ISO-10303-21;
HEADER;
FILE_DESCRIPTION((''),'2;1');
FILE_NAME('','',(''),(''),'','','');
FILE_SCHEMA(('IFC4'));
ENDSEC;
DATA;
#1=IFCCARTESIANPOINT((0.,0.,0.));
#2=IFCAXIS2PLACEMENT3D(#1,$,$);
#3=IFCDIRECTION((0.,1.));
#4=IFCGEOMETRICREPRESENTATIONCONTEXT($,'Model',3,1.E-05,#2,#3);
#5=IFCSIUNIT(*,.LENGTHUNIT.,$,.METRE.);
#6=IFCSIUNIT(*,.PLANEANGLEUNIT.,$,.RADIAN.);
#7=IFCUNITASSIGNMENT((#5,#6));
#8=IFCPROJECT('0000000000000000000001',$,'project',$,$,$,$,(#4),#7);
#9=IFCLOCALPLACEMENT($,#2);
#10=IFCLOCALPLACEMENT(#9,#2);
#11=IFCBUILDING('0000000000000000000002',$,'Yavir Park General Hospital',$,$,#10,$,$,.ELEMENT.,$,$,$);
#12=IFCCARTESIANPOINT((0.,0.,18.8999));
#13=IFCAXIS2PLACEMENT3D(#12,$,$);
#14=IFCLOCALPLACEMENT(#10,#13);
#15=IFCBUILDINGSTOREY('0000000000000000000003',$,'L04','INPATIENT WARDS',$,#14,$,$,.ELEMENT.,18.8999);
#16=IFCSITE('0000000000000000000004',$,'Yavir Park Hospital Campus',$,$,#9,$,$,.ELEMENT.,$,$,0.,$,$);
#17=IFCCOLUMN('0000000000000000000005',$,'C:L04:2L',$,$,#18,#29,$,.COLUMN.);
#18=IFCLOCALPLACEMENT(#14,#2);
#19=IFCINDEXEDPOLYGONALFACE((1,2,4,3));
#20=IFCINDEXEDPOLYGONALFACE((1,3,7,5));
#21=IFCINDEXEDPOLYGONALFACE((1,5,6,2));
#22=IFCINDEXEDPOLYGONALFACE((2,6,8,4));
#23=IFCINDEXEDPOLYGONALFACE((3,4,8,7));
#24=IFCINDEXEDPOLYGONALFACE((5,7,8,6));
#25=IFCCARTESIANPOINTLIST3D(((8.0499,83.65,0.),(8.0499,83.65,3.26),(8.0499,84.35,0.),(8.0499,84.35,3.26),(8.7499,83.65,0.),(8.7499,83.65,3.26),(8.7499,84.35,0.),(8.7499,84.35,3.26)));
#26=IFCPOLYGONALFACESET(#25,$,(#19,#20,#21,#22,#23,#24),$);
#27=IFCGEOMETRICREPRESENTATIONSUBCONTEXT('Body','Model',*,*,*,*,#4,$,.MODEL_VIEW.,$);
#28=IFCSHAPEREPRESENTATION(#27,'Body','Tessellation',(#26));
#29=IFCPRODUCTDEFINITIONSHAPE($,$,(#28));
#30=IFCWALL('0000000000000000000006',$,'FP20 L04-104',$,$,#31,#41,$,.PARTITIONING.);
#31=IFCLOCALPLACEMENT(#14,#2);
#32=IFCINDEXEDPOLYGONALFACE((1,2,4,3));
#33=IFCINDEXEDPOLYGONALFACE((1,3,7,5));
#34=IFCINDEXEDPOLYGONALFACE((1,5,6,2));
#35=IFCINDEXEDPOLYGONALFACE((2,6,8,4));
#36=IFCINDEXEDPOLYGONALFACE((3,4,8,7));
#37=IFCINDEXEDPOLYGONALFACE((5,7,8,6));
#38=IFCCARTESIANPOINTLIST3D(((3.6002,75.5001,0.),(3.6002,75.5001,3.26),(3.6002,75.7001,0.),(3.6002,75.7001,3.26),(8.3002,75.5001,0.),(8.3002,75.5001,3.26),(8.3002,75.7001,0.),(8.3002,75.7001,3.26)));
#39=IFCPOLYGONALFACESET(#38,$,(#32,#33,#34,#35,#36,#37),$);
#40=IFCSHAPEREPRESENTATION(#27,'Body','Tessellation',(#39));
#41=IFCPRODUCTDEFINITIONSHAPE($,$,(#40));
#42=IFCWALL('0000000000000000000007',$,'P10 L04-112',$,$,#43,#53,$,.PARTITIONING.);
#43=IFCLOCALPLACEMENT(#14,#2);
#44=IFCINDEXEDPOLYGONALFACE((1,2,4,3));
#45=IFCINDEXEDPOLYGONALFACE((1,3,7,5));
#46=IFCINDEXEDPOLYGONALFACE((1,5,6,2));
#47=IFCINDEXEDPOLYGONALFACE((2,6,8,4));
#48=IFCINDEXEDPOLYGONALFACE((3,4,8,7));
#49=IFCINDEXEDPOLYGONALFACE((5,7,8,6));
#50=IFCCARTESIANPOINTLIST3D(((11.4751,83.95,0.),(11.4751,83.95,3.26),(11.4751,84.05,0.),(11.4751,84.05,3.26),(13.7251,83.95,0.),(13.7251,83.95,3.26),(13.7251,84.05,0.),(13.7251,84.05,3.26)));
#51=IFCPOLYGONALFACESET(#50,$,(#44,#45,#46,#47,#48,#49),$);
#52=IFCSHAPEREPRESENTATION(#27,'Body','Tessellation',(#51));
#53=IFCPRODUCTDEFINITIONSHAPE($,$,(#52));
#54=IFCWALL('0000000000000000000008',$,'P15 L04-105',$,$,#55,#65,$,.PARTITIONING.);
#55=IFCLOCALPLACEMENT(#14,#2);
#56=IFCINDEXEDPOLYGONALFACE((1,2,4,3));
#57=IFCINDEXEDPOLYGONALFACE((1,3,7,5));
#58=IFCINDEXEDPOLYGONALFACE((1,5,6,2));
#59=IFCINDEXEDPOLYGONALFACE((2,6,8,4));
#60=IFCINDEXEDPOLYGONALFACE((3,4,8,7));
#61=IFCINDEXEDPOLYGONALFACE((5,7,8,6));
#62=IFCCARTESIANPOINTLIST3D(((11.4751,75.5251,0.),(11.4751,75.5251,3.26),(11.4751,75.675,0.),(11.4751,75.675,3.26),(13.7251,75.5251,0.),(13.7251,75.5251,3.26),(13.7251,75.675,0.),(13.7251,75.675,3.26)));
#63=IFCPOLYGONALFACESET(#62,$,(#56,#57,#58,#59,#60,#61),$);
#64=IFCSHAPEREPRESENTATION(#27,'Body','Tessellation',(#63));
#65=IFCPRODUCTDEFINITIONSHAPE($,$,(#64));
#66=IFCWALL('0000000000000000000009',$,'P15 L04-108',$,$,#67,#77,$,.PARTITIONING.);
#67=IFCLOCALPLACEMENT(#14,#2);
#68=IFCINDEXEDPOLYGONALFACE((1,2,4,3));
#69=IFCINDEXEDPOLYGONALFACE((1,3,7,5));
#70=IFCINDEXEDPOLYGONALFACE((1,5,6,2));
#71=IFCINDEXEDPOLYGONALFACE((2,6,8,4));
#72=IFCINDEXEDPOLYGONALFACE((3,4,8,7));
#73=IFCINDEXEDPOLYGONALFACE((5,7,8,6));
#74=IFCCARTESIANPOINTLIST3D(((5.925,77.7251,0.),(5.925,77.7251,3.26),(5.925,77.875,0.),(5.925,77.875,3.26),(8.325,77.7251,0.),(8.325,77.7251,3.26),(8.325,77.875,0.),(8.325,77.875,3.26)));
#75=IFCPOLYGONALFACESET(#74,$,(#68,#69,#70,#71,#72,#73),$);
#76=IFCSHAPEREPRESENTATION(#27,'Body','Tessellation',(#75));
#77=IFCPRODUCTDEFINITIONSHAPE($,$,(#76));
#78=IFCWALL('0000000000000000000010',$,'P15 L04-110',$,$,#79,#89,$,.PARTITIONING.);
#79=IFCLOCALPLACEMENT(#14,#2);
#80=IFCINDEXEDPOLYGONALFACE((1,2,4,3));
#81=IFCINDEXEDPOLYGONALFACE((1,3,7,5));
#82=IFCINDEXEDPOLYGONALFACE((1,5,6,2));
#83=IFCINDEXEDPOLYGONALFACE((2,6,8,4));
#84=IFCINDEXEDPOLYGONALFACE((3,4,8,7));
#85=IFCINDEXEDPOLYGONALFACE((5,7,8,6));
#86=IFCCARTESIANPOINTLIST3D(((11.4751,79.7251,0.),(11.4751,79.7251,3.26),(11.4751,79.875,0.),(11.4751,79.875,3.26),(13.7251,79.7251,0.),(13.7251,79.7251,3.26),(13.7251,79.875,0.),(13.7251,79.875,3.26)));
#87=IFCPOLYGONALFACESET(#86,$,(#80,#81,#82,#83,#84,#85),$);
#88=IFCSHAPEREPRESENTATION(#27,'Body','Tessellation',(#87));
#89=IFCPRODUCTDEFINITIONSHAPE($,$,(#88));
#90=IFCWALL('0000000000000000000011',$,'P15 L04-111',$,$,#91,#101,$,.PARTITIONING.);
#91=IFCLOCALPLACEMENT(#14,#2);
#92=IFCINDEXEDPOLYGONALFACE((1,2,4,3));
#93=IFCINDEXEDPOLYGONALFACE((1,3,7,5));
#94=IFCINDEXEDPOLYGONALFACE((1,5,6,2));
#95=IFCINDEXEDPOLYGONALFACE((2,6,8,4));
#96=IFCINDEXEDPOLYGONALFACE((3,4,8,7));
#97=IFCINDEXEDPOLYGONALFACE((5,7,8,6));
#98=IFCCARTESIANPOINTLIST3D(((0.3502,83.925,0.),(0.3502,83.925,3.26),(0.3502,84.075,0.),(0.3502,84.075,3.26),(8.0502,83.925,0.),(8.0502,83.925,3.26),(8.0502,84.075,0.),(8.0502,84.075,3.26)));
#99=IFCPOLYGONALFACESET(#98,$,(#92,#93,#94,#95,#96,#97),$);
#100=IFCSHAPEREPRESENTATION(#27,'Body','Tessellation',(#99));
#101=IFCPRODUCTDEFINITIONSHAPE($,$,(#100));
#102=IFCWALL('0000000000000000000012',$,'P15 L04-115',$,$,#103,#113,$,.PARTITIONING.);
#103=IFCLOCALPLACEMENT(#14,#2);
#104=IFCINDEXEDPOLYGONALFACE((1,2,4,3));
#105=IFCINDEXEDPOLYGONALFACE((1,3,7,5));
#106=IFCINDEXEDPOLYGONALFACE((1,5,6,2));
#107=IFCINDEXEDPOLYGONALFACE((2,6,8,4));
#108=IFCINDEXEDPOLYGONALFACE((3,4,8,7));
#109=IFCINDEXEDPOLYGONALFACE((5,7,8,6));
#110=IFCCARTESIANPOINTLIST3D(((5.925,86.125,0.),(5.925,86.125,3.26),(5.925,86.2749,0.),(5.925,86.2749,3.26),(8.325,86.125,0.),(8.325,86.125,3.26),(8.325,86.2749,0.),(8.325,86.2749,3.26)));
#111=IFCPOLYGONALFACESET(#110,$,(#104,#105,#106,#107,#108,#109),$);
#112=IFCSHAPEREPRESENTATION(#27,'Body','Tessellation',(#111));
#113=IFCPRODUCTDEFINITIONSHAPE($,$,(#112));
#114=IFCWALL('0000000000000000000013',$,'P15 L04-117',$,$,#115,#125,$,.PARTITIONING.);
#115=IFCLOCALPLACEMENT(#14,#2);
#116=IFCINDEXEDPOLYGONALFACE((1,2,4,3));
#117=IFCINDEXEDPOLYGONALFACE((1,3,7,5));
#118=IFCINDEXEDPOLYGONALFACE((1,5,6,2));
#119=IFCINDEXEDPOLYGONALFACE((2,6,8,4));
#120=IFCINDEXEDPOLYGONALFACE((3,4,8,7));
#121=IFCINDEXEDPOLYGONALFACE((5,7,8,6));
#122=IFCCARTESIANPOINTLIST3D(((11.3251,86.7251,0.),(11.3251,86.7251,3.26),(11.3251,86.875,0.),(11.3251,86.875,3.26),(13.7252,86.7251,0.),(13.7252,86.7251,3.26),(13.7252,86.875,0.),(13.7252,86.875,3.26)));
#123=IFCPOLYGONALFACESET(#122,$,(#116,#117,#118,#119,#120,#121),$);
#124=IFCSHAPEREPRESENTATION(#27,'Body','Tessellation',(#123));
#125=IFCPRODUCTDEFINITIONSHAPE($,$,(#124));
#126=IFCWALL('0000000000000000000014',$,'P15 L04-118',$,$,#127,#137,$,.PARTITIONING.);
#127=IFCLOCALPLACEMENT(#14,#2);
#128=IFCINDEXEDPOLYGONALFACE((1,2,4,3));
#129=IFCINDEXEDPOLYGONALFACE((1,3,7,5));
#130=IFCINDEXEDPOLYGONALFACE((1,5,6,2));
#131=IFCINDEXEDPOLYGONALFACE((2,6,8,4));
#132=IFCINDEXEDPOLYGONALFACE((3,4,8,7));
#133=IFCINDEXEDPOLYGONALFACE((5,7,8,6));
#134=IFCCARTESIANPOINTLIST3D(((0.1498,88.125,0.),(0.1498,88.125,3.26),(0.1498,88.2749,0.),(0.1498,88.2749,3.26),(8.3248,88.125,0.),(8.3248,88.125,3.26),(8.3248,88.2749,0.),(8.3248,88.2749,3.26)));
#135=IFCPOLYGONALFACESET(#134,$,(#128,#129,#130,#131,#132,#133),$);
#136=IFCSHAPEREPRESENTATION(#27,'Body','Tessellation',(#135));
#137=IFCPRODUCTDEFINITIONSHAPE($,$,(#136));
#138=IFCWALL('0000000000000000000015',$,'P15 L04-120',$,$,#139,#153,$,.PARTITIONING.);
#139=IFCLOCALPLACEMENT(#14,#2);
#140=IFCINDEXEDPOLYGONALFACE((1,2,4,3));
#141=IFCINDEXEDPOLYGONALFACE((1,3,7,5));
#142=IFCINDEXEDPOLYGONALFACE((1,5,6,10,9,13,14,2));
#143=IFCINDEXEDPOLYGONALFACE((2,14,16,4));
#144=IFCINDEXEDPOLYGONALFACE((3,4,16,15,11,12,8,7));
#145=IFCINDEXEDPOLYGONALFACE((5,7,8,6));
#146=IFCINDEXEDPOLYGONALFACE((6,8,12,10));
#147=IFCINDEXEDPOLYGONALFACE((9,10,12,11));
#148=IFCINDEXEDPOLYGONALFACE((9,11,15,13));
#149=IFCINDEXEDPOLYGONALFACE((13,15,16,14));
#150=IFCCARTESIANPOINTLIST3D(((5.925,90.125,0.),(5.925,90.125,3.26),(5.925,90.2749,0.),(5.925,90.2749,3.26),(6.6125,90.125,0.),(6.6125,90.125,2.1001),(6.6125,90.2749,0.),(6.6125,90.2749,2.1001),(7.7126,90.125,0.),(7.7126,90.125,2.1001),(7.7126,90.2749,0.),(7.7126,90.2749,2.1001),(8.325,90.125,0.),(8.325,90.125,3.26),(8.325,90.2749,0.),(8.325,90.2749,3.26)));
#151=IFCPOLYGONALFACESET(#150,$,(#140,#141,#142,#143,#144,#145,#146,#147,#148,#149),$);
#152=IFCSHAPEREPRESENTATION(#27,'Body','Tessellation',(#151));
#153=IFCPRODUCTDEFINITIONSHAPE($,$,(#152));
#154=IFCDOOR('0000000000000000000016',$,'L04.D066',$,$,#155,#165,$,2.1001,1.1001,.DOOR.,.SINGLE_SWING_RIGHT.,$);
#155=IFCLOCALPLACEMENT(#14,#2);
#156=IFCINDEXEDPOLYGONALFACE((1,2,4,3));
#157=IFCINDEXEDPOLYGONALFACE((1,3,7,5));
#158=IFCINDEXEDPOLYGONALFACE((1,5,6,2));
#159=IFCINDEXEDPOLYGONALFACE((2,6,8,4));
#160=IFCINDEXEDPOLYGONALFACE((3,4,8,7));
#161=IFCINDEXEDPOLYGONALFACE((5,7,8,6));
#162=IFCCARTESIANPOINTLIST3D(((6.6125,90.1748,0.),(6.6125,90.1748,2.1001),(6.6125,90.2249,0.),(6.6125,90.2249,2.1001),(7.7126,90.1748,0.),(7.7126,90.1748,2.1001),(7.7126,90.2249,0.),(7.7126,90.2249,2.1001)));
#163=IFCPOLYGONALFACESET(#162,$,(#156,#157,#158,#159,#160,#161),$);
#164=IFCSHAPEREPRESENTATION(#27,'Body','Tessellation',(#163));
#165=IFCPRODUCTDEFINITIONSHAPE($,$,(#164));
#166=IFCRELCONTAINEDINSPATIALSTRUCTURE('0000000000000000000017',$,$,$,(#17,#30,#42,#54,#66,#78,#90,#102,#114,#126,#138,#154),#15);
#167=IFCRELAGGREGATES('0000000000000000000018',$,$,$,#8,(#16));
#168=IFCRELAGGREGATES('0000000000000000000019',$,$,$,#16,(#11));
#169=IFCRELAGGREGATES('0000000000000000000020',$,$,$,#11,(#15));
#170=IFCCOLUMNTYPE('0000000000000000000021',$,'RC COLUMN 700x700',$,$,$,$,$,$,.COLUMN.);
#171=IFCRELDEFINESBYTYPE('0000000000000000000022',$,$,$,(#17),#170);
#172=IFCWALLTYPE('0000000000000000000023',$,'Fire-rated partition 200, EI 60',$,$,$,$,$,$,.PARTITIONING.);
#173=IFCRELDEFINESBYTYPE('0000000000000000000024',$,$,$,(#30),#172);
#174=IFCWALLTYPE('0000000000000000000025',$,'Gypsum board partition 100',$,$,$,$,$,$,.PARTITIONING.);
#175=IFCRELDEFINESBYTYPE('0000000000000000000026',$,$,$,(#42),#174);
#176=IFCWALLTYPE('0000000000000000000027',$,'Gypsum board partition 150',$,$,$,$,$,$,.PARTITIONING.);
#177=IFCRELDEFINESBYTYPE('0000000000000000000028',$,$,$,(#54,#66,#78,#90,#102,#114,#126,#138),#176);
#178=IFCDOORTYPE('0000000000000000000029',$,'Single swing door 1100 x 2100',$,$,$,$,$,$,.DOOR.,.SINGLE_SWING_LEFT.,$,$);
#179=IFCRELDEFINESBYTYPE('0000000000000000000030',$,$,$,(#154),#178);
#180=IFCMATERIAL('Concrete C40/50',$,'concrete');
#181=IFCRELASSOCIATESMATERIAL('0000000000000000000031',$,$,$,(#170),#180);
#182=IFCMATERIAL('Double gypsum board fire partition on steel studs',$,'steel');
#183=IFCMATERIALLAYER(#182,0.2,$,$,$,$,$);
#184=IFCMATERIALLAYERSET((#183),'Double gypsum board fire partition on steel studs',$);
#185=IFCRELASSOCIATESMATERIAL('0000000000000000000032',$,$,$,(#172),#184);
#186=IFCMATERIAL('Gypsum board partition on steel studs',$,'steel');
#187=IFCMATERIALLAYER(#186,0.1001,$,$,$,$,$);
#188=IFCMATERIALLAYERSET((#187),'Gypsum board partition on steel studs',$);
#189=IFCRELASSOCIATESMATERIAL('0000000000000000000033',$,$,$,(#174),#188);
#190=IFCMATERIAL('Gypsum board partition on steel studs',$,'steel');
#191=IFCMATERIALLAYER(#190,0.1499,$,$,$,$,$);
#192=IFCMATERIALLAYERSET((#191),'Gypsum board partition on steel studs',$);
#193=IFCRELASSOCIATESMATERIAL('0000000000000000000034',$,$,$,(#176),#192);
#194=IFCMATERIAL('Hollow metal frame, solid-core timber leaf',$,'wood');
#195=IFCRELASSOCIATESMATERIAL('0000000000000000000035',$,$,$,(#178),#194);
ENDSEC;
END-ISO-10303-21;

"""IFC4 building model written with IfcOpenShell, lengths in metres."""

from ifc_helpers import new_model, si_unit, direction, frame, frame_2d, origin, origin_2d, place, context, subcontext, project, spatial, rectangle, extrude, material, layer, layer_set, material_profile, profile_set, type_object, element, fill, save


model = new_model("IFC4")

# Units and contexts
model_context = context("Model", 3, precision=1e-05, world=origin(), true_north=direction((0.0, 1.0)))
body_context = subcontext(model_context, "Body", "Model", "MODEL_VIEW")
ifc_project = project(units=[si_unit("LENGTHUNIT", "METRE"), si_unit("PLANEANGLEUNIT", "RADIAN")], contexts=[model_context])

# Site, building, storey
site_placement = place(None, origin())
site = spatial("IfcSite", under=ifc_project, at=site_placement, Name="Yavir Park Hospital Campus", CompositionType="ELEMENT", RefElevation=0.0)
building_placement = place(site_placement, origin())
building = spatial("IfcBuilding", under=site, at=building_placement, Name="Yavir Park General Hospital", CompositionType="ELEMENT")
storey_placement = place(building_placement, frame((0.0, 0.0, 18.8999)))
storey = spatial("IfcBuildingStorey", under=building, at=storey_placement, Name="L04", Description="INPATIENT WARDS", CompositionType="ELEMENT", Elevation=18.8999)

# Column
ifc_material_1 = material(Name="Concrete C40/50", Category="concrete")
ifc_material_profile = material_profile(ifc_material_1, rectangle(XDim=0.7, YDim=0.7, at=origin_2d()), Name="RC700x700")
ifc_profile_set = profile_set([ifc_material_profile], Name="Concrete C40/50")
column_type = type_object("IfcColumnType", Name="RC COLUMN 700x700", PredefinedType="COLUMN", material=ifc_profile_set)
column_placement = place(storey_placement, frame((8.3999, 84.0, 0.0), z_axis=(0.0, 0.0, 1.0), x_axis=(1.0, 0.0, 0.0)))
element("IfcColumn", 1, at=column_placement, inside=storey, type_object=column_type, Name="C:L04:2L", PredefinedType="COLUMN", context=body_context, shape_type="SweptSolid", body=[
    extrude(rectangle(XDim=0.7, YDim=0.7, at=origin_2d()), origin(), (0.0, 0.0, 1.0), 3.26),
])

# Wall
ifc_material_2 = material(Name="Double gypsum board fire partition on steel studs", Category="steel")
ifc_layer_1 = layer(ifc_material_2, 0.2)
ifc_layer_set_1 = layer_set([ifc_layer_1], Name="Double gypsum board fire partition on steel studs")
wall_type_1 = type_object("IfcWallType", Name="Fire-rated partition 200, EI 60", PredefinedType="PARTITIONING", material=ifc_layer_set_1)
wall_1_placement = place(storey_placement, frame((3.6001, 75.6001, 0.0), z_axis=(0.0, 0.0, 1.0), x_axis=(1.0, 0.0, 0.0)))
element("IfcWall", 2, at=wall_1_placement, inside=storey, type_object=wall_type_1, Name="FP20 L04-104", PredefinedType="PARTITIONING", context=body_context, shape_type="SweptSolid", body=[
    extrude(rectangle(XDim=4.7, YDim=0.2, at=frame_2d((2.3501, 0.0))), origin(), (0.0, 0.0, 1.0), 3.26),
])

# Walls
ifc_material_3 = material(Name="Gypsum board partition on steel studs", Category="steel")
ifc_layer_2 = layer(ifc_material_3, 0.1001)
ifc_layer_set_2 = layer_set([ifc_layer_2], Name="Gypsum board partition on steel studs")
wall_type_2 = type_object("IfcWallType", Name="Gypsum board partition 100", PredefinedType="PARTITIONING", material=ifc_layer_set_2)
wall_2_placement = place(storey_placement, frame((11.4751, 84.0, 0.0), z_axis=(0.0, 0.0, 1.0), x_axis=(1.0, 0.0, 0.0)))
element("IfcWall", 3, at=wall_2_placement, inside=storey, type_object=wall_type_2, Name="P10 L04-112", PredefinedType="PARTITIONING", context=body_context, shape_type="SweptSolid", body=[
    extrude(rectangle(XDim=2.25, YDim=0.1001, at=frame_2d((1.125, 0.0))), origin(), (0.0, 0.0, 1.0), 3.26),
])
ifc_material_4 = material(Name="Gypsum board partition on steel studs", Category="steel")
ifc_layer_3 = layer(ifc_material_4, 0.1499)
ifc_layer_set_3 = layer_set([ifc_layer_3], Name="Gypsum board partition on steel studs")
wall_type_3 = type_object("IfcWallType", Name="Gypsum board partition 150", PredefinedType="PARTITIONING", material=ifc_layer_set_3)
wall_3_placement = place(storey_placement, frame((11.4751, 75.6001, 0.0), z_axis=(0.0, 0.0, 1.0), x_axis=(1.0, 0.0, 0.0)))
element("IfcWall", 4, at=wall_3_placement, inside=storey, type_object=wall_type_3, Name="P15 L04-105", PredefinedType="PARTITIONING", context=body_context, shape_type="SweptSolid", body=[
    extrude(rectangle(XDim=2.25, YDim=0.1499, at=frame_2d((1.125, 0.0))), origin(), (0.0, 0.0, 1.0), 3.26),
])
wall_4_placement = place(storey_placement, frame((5.925, 77.8, 0.0), z_axis=(0.0, 0.0, 1.0), x_axis=(1.0, 0.0, 0.0)))
element("IfcWall", 5, at=wall_4_placement, inside=storey, type_object=wall_type_3, Name="P15 L04-108", PredefinedType="PARTITIONING", context=body_context, shape_type="SweptSolid", body=[
    extrude(rectangle(XDim=2.3999, YDim=0.1499, at=frame_2d((1.2, 0.0))), origin(), (0.0, 0.0, 1.0), 3.26),
])
wall_5_placement = place(storey_placement, frame((11.4751, 79.8, 0.0), z_axis=(0.0, 0.0, 1.0), x_axis=(1.0, 0.0, 0.0)))
element("IfcWall", 6, at=wall_5_placement, inside=storey, type_object=wall_type_3, Name="P15 L04-110", PredefinedType="PARTITIONING", context=body_context, shape_type="SweptSolid", body=[
    extrude(rectangle(XDim=2.25, YDim=0.1499, at=frame_2d((1.125, 0.0))), origin(), (0.0, 0.0, 1.0), 3.26),
])
wall_6_placement = place(storey_placement, frame((0.3501, 84.0, 0.0), z_axis=(0.0, 0.0, 1.0), x_axis=(1.0, 0.0, 0.0)))
element("IfcWall", 7, at=wall_6_placement, inside=storey, type_object=wall_type_3, Name="P15 L04-111", PredefinedType="PARTITIONING", context=body_context, shape_type="SweptSolid", body=[
    extrude(rectangle(XDim=7.7, YDim=0.1499, at=frame_2d((3.8501, 0.0))), origin(), (0.0, 0.0, 1.0), 3.26),
])
wall_7_placement = place(storey_placement, frame((5.925, 86.2, 0.0), z_axis=(0.0, 0.0, 1.0), x_axis=(1.0, 0.0, 0.0)))
element("IfcWall", 8, at=wall_7_placement, inside=storey, type_object=wall_type_3, Name="P15 L04-115", PredefinedType="PARTITIONING", context=body_context, shape_type="SweptSolid", body=[
    extrude(rectangle(XDim=2.3999, YDim=0.1499, at=frame_2d((1.2, 0.0))), origin(), (0.0, 0.0, 1.0), 3.26),
])
wall_8_placement = place(storey_placement, frame((11.325, 86.8, 0.0), z_axis=(0.0, 0.0, 1.0), x_axis=(1.0, 0.0, 0.0)))
element("IfcWall", 9, at=wall_8_placement, inside=storey, type_object=wall_type_3, Name="P15 L04-117", PredefinedType="PARTITIONING", context=body_context, shape_type="SweptSolid", body=[
    extrude(rectangle(XDim=2.4001, YDim=0.1499, at=frame_2d((1.2002, 0.0))), origin(), (0.0, 0.0, 1.0), 3.26),
])
wall_9_placement = place(storey_placement, frame((0.1499, 88.2, 0.0), z_axis=(0.0, 0.0, 1.0), x_axis=(1.0, 0.0, 0.0)))
element("IfcWall", 10, at=wall_9_placement, inside=storey, type_object=wall_type_3, Name="P15 L04-118", PredefinedType="PARTITIONING", context=body_context, shape_type="SweptSolid", body=[
    extrude(rectangle(XDim=8.175, YDim=0.1499, at=frame_2d((4.0874, 0.0))), origin(), (0.0, 0.0, 1.0), 3.26),
])

# Wall, opening, door
wall_10_placement = place(storey_placement, frame((5.925, 90.2, 0.0), z_axis=(0.0, 0.0, 1.0), x_axis=(1.0, 0.0, 0.0)))
wall_10 = element("IfcWall", 11, at=wall_10_placement, inside=storey, type_object=wall_type_3, Name="P15 L04-120", PredefinedType="PARTITIONING", context=body_context, shape_type="SweptSolid", body=[
    extrude(rectangle(XDim=2.3999, YDim=0.1499, at=frame_2d((1.2, 0.0))), origin(), (0.0, 0.0, 1.0), 3.26),
])
opening_1_placement = place(wall_10_placement, frame((0.6875, 0.0, 0.0)))
opening_1 = element("IfcOpeningElement", 12, at=opening_1_placement, cuts=wall_10, PredefinedType="OPENING", context=body_context, shape_type="SweptSolid", body=[
    extrude(rectangle(XDim=1.1001, YDim=2.1001, at=frame_2d((0.55, 1.05))), frame((0.0, 0.085, 0.0), z_axis=(0.0, -1.0, 0.0), x_axis=(1.0, 0.0, 0.0)), (0.0, 0.0, 1.0), 0.1699),
])
ifc_material_5 = material(Name="Hollow metal frame, solid-core timber leaf", Category="wood")
door_type_1 = type_object("IfcDoorType", Name="Single swing door 1100 x 2100", OperationType="SINGLE_SWING_LEFT", PredefinedType="DOOR", material=ifc_material_5)
door_1_placement = place(opening_1_placement, origin())
door_1 = element("IfcDoor", 13, at=door_1_placement, inside=storey, type_object=door_type_1, Name="L04.D066", OperationType="SINGLE_SWING_RIGHT", OverallHeight=2.1001, OverallWidth=1.1001, PredefinedType="DOOR", context=body_context, shape_type="SweptSolid", body=[
    extrude(rectangle(XDim=1.1001, YDim=2.1001, at=frame_2d((0.55, 1.05))), frame((0.0, 0.0249, 0.0), z_axis=(0.0, -1.0, 0.0), x_axis=(1.0, 0.0, 0.0)), (0.0, 0.0, 1.0), 0.05),
])
fill(opening_1, door_1)

save(model, "model.ifc")
